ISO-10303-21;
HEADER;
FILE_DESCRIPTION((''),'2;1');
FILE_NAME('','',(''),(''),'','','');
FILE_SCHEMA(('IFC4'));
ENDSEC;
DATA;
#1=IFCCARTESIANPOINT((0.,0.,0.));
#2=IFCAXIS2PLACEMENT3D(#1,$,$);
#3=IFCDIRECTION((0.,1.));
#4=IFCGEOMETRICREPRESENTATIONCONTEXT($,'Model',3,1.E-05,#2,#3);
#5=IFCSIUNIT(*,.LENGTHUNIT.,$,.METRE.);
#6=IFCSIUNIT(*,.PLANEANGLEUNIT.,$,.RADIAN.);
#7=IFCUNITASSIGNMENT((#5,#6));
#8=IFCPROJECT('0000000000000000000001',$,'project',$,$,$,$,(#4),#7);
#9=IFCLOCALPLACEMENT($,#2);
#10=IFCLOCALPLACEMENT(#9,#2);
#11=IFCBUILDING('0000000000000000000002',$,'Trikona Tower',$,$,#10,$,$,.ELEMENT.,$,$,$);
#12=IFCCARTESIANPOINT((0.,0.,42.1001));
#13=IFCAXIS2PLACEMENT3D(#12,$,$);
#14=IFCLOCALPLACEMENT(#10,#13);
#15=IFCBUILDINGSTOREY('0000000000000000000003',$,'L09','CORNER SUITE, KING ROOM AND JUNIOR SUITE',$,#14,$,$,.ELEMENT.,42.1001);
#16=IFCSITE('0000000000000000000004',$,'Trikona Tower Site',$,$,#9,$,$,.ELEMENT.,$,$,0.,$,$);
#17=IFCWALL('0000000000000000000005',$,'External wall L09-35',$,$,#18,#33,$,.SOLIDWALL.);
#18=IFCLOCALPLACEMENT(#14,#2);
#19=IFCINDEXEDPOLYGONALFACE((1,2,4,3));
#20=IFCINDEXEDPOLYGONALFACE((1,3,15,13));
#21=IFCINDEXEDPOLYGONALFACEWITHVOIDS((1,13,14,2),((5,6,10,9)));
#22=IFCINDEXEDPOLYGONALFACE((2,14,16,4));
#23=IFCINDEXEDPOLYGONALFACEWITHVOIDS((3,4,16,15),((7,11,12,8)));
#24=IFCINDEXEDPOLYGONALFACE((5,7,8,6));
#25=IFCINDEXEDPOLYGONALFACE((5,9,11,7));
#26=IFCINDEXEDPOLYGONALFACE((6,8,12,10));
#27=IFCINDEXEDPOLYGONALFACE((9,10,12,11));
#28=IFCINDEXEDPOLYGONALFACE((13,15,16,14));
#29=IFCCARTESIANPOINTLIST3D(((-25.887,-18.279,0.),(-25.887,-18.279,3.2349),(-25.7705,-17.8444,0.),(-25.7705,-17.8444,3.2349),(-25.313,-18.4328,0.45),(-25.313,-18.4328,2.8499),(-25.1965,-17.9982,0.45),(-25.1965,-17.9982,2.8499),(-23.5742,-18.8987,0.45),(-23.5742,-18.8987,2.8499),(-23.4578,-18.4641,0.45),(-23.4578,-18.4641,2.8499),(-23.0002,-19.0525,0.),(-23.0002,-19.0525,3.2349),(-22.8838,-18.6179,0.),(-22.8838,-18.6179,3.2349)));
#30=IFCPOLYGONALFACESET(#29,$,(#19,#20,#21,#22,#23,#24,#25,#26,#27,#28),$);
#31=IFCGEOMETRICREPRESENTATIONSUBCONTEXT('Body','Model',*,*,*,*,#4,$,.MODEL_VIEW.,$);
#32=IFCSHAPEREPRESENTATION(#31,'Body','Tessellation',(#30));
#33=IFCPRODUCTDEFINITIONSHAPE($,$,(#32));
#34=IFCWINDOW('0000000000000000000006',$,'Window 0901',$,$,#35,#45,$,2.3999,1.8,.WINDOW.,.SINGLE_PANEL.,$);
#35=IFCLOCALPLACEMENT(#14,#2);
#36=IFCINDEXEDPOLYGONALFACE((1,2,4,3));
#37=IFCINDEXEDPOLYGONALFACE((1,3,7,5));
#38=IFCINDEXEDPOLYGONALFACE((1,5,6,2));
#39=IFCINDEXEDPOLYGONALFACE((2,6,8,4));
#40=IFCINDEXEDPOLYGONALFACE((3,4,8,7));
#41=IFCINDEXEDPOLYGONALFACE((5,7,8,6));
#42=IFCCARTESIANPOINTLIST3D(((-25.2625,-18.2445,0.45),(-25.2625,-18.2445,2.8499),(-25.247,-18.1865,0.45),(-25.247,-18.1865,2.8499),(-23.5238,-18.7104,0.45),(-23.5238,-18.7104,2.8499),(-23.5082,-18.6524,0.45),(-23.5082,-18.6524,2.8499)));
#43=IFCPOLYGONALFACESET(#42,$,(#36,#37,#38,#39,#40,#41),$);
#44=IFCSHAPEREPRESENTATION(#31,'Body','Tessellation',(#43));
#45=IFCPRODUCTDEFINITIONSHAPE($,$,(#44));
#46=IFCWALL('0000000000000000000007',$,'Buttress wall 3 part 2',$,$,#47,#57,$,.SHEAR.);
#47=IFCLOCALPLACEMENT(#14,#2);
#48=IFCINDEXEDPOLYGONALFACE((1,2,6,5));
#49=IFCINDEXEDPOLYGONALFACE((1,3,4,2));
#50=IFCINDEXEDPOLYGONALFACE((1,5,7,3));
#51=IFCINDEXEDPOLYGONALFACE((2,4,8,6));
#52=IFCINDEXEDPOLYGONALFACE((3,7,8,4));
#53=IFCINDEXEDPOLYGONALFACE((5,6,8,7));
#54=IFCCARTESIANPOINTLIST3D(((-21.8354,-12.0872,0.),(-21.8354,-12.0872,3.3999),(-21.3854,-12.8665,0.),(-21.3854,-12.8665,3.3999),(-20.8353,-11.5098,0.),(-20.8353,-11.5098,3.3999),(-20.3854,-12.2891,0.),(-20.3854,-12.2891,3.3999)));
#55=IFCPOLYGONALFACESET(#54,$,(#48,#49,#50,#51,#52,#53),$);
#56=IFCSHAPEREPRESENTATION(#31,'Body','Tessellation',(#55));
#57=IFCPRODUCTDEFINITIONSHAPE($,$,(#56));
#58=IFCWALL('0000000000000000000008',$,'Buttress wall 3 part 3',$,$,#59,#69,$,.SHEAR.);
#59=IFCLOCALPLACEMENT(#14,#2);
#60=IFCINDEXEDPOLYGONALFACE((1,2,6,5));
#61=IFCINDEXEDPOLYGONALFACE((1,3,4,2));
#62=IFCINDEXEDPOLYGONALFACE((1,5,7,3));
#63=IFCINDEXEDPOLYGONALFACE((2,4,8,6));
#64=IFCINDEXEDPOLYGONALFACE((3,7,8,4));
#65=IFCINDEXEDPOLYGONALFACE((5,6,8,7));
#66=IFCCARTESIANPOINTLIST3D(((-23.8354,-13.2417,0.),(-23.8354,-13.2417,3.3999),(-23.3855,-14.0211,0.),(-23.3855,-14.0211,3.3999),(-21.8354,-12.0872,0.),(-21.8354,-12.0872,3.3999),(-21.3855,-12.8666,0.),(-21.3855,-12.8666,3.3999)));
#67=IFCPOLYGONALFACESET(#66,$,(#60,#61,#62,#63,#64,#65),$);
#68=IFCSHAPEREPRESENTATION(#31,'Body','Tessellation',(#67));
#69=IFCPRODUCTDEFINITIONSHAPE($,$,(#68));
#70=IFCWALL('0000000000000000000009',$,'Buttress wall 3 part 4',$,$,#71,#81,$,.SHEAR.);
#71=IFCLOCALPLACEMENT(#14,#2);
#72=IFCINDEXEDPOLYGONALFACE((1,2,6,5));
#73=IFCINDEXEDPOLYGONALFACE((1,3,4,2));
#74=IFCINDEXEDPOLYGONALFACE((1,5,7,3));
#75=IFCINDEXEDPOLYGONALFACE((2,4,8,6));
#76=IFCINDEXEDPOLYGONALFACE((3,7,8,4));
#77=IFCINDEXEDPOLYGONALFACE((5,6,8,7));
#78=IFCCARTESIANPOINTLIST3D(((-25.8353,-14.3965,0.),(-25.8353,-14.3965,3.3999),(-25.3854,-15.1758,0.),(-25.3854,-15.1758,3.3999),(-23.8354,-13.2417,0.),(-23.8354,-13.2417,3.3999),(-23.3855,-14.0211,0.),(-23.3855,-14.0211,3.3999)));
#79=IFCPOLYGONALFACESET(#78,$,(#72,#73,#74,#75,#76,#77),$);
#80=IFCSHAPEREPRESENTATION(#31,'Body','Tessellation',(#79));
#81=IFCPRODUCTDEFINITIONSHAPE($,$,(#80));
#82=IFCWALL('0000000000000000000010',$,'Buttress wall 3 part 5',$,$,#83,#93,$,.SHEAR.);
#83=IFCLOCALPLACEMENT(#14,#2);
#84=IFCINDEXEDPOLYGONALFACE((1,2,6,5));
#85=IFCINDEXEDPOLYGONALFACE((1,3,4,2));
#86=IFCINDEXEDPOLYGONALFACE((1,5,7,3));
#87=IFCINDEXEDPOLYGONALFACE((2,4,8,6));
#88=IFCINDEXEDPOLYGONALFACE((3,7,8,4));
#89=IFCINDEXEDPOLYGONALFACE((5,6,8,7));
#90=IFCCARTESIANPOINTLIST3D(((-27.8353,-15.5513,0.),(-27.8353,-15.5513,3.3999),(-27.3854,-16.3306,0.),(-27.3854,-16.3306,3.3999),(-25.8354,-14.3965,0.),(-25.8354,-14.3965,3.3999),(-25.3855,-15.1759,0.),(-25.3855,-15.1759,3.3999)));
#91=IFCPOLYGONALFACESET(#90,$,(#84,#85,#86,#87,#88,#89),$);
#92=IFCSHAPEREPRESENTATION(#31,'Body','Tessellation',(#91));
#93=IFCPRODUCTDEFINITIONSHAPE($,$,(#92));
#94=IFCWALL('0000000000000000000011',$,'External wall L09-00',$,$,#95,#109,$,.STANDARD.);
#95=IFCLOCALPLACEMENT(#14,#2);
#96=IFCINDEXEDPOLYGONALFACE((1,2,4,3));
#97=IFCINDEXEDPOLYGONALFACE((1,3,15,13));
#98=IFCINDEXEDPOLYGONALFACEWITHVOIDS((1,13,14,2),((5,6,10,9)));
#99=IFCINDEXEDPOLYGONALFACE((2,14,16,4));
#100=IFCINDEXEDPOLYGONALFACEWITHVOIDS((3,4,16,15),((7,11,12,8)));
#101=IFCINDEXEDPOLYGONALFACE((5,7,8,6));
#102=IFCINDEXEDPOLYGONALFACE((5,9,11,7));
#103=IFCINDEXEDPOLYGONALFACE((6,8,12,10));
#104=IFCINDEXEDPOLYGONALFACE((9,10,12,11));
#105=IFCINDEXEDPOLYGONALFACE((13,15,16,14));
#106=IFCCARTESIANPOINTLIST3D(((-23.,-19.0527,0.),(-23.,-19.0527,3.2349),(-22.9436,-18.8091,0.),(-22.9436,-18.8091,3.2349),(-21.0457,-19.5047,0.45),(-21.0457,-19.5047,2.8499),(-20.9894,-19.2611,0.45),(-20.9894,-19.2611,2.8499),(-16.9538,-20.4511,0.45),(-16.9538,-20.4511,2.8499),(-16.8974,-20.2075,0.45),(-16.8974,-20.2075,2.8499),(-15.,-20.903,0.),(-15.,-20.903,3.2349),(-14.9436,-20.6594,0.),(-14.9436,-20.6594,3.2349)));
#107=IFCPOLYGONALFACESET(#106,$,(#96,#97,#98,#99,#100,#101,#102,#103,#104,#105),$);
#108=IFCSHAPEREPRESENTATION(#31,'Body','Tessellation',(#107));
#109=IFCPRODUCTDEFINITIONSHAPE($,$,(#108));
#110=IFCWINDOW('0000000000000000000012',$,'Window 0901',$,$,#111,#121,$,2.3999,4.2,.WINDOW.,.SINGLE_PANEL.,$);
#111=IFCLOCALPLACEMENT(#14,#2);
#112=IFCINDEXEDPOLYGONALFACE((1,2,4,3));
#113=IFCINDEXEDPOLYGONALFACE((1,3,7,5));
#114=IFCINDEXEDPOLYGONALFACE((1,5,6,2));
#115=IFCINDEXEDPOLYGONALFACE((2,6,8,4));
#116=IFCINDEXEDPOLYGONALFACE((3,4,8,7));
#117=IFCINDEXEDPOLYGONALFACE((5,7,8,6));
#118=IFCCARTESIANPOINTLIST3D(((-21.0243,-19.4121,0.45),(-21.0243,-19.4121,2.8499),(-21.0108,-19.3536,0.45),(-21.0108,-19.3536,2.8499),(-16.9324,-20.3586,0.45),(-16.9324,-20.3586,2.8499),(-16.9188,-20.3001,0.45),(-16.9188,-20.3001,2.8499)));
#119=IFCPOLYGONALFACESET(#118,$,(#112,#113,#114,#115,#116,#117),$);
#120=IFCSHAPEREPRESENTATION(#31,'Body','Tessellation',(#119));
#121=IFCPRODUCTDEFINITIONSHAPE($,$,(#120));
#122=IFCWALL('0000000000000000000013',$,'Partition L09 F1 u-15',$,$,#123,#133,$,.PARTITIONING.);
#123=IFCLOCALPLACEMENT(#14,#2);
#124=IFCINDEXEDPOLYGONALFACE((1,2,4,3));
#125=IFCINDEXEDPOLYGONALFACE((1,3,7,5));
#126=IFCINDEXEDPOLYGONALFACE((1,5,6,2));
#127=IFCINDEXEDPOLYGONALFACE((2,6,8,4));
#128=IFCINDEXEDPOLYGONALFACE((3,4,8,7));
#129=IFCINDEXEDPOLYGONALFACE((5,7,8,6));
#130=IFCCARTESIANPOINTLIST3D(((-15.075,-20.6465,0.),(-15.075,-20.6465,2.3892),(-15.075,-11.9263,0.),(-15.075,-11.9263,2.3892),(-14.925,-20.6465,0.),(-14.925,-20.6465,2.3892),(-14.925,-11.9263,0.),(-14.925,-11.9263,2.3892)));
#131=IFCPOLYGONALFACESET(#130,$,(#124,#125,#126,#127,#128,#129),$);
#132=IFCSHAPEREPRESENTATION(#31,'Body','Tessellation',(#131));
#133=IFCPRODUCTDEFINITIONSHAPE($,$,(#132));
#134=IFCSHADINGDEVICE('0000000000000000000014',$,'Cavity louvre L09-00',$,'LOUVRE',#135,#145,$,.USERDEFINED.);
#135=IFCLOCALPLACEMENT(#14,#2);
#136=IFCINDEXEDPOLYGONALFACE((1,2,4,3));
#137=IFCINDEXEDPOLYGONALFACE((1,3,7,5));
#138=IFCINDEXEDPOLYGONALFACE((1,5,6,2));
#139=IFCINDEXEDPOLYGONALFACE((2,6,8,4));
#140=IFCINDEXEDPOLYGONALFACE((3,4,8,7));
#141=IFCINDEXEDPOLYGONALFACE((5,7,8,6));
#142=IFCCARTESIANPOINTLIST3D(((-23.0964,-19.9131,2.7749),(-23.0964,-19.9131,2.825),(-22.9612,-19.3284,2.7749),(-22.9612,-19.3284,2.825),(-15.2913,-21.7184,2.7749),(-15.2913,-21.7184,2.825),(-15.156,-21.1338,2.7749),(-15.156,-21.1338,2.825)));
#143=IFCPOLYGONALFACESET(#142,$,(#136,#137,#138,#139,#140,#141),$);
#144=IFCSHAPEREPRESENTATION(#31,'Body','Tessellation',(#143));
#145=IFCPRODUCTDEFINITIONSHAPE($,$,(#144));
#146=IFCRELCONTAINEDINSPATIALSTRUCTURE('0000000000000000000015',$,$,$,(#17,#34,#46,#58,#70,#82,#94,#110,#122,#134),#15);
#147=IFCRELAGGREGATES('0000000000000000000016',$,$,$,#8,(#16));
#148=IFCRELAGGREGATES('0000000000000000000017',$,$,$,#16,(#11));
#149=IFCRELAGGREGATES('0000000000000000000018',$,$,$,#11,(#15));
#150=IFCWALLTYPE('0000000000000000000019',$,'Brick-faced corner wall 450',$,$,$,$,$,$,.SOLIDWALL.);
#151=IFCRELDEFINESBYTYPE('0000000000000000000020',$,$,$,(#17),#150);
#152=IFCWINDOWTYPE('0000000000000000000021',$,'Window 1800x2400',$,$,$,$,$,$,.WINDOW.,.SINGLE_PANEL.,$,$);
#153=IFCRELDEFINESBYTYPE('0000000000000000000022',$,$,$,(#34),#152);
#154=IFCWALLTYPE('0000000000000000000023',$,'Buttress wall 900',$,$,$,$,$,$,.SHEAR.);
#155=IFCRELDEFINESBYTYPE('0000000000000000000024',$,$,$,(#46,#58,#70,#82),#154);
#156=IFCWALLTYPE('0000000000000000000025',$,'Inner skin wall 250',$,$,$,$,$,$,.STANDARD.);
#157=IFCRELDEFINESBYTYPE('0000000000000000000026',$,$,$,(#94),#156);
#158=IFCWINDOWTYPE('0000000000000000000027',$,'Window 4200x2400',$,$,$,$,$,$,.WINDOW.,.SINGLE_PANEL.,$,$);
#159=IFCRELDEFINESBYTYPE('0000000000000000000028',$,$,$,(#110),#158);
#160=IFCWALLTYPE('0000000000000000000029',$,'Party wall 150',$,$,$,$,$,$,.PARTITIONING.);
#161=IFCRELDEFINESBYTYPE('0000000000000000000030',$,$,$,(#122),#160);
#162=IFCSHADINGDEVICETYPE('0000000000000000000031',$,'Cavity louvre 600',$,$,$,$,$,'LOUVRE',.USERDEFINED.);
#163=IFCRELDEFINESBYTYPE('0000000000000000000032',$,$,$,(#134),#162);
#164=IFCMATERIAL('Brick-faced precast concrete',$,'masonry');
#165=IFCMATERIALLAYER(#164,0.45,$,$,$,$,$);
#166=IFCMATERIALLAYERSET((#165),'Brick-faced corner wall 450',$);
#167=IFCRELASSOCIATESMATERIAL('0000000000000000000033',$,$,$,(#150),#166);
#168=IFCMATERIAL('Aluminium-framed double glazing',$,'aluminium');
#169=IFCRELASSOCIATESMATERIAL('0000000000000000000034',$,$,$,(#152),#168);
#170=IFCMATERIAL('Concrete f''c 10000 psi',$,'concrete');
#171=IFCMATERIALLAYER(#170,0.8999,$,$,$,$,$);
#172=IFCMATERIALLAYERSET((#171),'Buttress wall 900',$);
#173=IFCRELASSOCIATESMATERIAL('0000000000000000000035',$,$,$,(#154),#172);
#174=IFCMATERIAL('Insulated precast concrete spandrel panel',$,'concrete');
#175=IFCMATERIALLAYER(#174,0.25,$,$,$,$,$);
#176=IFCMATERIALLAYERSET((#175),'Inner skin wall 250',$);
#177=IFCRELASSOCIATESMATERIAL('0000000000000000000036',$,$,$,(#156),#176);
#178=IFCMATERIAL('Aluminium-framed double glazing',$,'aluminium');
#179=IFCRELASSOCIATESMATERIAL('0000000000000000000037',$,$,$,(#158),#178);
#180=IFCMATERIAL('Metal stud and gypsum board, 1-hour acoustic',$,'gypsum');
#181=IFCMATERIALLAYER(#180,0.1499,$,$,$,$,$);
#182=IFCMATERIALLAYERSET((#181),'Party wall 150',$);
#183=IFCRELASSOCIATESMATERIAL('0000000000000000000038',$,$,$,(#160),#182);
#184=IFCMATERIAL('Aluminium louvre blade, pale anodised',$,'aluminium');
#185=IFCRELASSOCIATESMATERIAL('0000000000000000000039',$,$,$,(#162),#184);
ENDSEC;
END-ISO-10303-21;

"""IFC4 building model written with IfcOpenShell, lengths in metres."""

from ifc_helpers import new_model, si_unit, direction, frame, frame_2d, origin, origin_2d, place, context, subcontext, project, spatial, rectangle, extrude, material, layer, layer_set, type_object, element, fill, save


model = new_model("IFC4")

# Units and contexts
model_context = context("Model", 3, precision=1e-05, world=origin(), true_north=direction((0.0, 1.0)))
body_context = subcontext(model_context, "Body", "Model", "MODEL_VIEW")
ifc_project = project(units=[si_unit("LENGTHUNIT", "METRE"), si_unit("PLANEANGLEUNIT", "RADIAN")], contexts=[model_context])

# Site, building, storey
site_placement = place(None, origin())
site = spatial("IfcSite", under=ifc_project, at=site_placement, Name="Trikona Tower Site", CompositionType="ELEMENT", RefElevation=0.0)
building_placement = place(site_placement, origin())
building = spatial("IfcBuilding", under=site, at=building_placement, Name="Trikona Tower", CompositionType="ELEMENT")
storey_placement = place(building_placement, frame((0.0, 0.0, 42.1001)))
storey = spatial("IfcBuildingStorey", under=building, at=storey_placement, Name="L09", Description="CORNER SUITE, KING ROOM AND JUNIOR SUITE", CompositionType="ELEMENT", Elevation=42.1001)

# Wall, opening, window
ifc_material_1 = material(Name="Brick-faced precast concrete", Category="masonry")
ifc_layer_1 = layer(ifc_material_1, 0.45)
ifc_layer_set_1 = layer_set([ifc_layer_1], Name="Brick-faced corner wall 450")
wall_type_1 = type_object("IfcWallType", Name="Brick-faced corner wall 450", PredefinedType="SOLIDWALL", material=ifc_layer_set_1)
wall_1_placement = place(storey_placement, frame((-25.8286, -18.0618, 0.0), z_axis=(0.0, 0.0, 1.0), x_axis=(0.965931, -0.258801, 0.0)))
wall_1 = element("IfcWall", 1, at=wall_1_placement, inside=storey, type_object=wall_type_1, Name="External wall L09-35", PredefinedType="SOLIDWALL", context=body_context, shape_type="SweptSolid", body=[
    extrude(rectangle(XDim=2.9885, YDim=0.45, at=frame_2d((1.4941, 0.0))), origin(), (0.0, 0.0, 1.0), 3.2349),
])
opening_1_placement = place(wall_1_placement, frame((0.5942, 0.0, 0.45)))
opening_1 = element("IfcOpeningElement", 2, at=opening_1_placement, cuts=wall_1, PredefinedType="OPENING", context=body_context, shape_type="SweptSolid", body=[
    extrude(rectangle(XDim=1.8, YDim=2.3999, at=frame_2d((0.8999, 1.2))), frame((0.0, 0.2349, 0.0), z_axis=(0.0, -1.0, 0.0), x_axis=(1.0, 0.0, 0.0)), (0.0, 0.0, 1.0), 0.47),
])
ifc_material_2 = material(Name="Aluminium-framed double glazing", Category="aluminium")
window_type_1 = type_object("IfcWindowType", Name="Window 1800x2400", PartitioningType="SINGLE_PANEL", PredefinedType="WINDOW", material=ifc_material_2)
window_1_placement = place(opening_1_placement, origin())
window_1 = element("IfcWindow", 3, at=window_1_placement, inside=storey, type_object=window_type_1, Name="Window 0901", OverallHeight=2.3999, OverallWidth=1.8, PartitioningType="SINGLE_PANEL", PredefinedType="WINDOW", context=body_context, shape_type="SweptSolid", body=[
    extrude(rectangle(XDim=1.8, YDim=2.3999, at=frame_2d((0.8999, 1.2))), frame((0.0, 0.03, 0.0), z_axis=(0.0, -1.0, 0.0), x_axis=(1.0, 0.0, 0.0)), (0.0, 0.0, 1.0), 0.0601),
])
fill(opening_1, window_1)

# Walls
ifc_material_3 = material(Name="Concrete f'c 10000 psi", Category="concrete")
ifc_layer_2 = layer(ifc_material_3, 0.8999)
ifc_layer_set_2 = layer_set([ifc_layer_2], Name="Buttress wall 900")
wall_type_2 = type_object("IfcWallType", Name="Buttress wall 900", PredefinedType="SHEAR", material=ifc_layer_set_2)
wall_2_placement = place(storey_placement, frame((-20.6104, -11.8994, 0.0), z_axis=(0.0, 0.0, 1.0), x_axis=(-0.86601, -0.500027, 0.0)))
element("IfcWall", 4, at=wall_2_placement, inside=storey, type_object=wall_type_2, Name="Buttress wall 3 part 2", PredefinedType="SHEAR", context=body_context, shape_type="SweptSolid", body=[
    extrude(rectangle(XDim=1.1548, YDim=0.8999, at=frame_2d((0.5774, 0.0))), origin(), (0.0, 0.0, 1.0), 3.3999),
])
for number, where, z_axis, x_axis, name in (
    (5, (-21.6104, -12.4768, 0.0), (0.0, 0.0, 1.0), (-0.866055, -0.499948, 0.0), "Buttress wall 3 part 3"),
    (6, (-23.6104, -13.6313, 0.0), (0.0, 0.0, 1.0), (-0.86601, -0.500027, 0.0), "Buttress wall 3 part 4"),
    (7, (-25.6104, -14.7861, 0.0), (0.0, 0.0, 1.0), (-0.86601, -0.500027, 0.0), "Buttress wall 3 part 5"),
):
    element("IfcWall", number, at=place(storey_placement, frame(where, z_axis=z_axis, x_axis=x_axis)), inside=storey, type_object=wall_type_2, Name=name, PredefinedType="SHEAR", context=body_context, shape_type="SweptSolid", body=[
        extrude(rectangle(XDim=2.3093, YDim=0.8999, at=frame_2d((1.1548, 0.0))), origin(), (0.0, 0.0, 1.0), 3.3999),
    ])

# Wall, opening, window
ifc_material_4 = material(Name="Insulated precast concrete spandrel panel", Category="concrete")
ifc_layer_3 = layer(ifc_material_4, 0.25)
ifc_layer_set_3 = layer_set([ifc_layer_3], Name="Inner skin wall 250")
wall_type_3 = type_object("IfcWallType", Name="Inner skin wall 250", PredefinedType="STANDARD", material=ifc_layer_set_3)
wall_3_placement = place(storey_placement, frame((-22.9717, -18.9309, 0.0), z_axis=(0.0, 0.0, 1.0), x_axis=(0.974279, -0.225344, 0.0)))
wall_3 = element("IfcWall", 8, at=wall_3_placement, inside=storey, type_object=wall_type_3, Name="External wall L09-00", PredefinedType="STANDARD", context=body_context, shape_type="SweptSolid", body=[
    extrude(rectangle(XDim=8.2112, YDim=0.25, at=frame_2d((4.1055, 0.0))), origin(), (0.0, 0.0, 1.0), 3.2349),
])
opening_2_placement = place(wall_3_placement, frame((2.0056, 0.0, 0.45)))
opening_2 = element("IfcOpeningElement", 9, at=opening_2_placement, cuts=wall_3, PredefinedType="OPENING", context=body_context, shape_type="SweptSolid", body=[
    extrude(rectangle(XDim=4.2, YDim=2.3999, at=frame_2d((2.1001, 1.2))), frame((0.0, 0.135, 0.0), z_axis=(0.0, -1.0, 0.0), x_axis=(1.0, 0.0, 0.0)), (0.0, 0.0, 1.0), 0.27),
])
ifc_material_5 = material(Name="Aluminium-framed double glazing", Category="aluminium")
window_type_2 = type_object("IfcWindowType", Name="Window 4200x2400", PartitioningType="SINGLE_PANEL", PredefinedType="WINDOW", material=ifc_material_5)
window_2_placement = place(opening_2_placement, origin())
window_2 = element("IfcWindow", 10, at=window_2_placement, inside=storey, type_object=window_type_2, Name="Window 0901", OverallHeight=2.3999, OverallWidth=4.2, PartitioningType="SINGLE_PANEL", PredefinedType="WINDOW", context=body_context, shape_type="SweptSolid", body=[
    extrude(rectangle(XDim=4.2, YDim=2.3999, at=frame_2d((2.1001, 1.2))), frame((0.0, 0.03, 0.0), z_axis=(0.0, -1.0, 0.0), x_axis=(1.0, 0.0, 0.0)), (0.0, 0.0, 1.0), 0.0601),
])
fill(opening_2, window_2)

# Wall
ifc_material_6 = material(Name="Metal stud and gypsum board, 1-hour acoustic", Category="gypsum")
ifc_layer_4 = layer(ifc_material_6, 0.1499)
ifc_layer_set_4 = layer_set([ifc_layer_4], Name="Party wall 150")
wall_type_4 = type_object("IfcWallType", Name="Party wall 150", PredefinedType="PARTITIONING", material=ifc_layer_set_4)
wall_4_placement = place(storey_placement, frame((-15.0, -11.9263, 0.0), z_axis=(0.0, 0.0, 1.0), x_axis=(0.0, -1.0, 0.0)))
element("IfcWall", 11, at=wall_4_placement, inside=storey, type_object=wall_type_4, Name="Partition L09 F1 u-15", PredefinedType="PARTITIONING", context=body_context, shape_type="SweptSolid", body=[
    extrude(rectangle(XDim=8.7202, YDim=0.1499, at=frame_2d((4.3601, 0.0))), origin(), (0.0, 0.0, 1.0), 2.3892),
])

# Shading device
ifc_material_7 = material(Name="Aluminium louvre blade, pale anodised", Category="aluminium")
shading_device_type = type_object("IfcShadingDeviceType", Name="Cavity louvre 600", ElementType="LOUVRE", PredefinedType="USERDEFINED", material=ifc_material_7)
shading_device_placement = place(storey_placement, frame((-19.1262, -20.5234, 2.7749), z_axis=(0.0, 0.0, 1.0), x_axis=(0.974278, -0.225351, 0.0)))
element("IfcShadingDevice", 12, at=shading_device_placement, inside=storey, type_object=shading_device_type, Name="Cavity louvre L09-00", ObjectType="LOUVRE", PredefinedType="USERDEFINED", context=body_context, shape_type="SweptSolid", body=[
    extrude(rectangle(XDim=8.0112, YDim=0.6001, at=origin_2d()), origin(), (0.0, 0.0, 1.0), 0.05),
])

save(model, "model.ifc")
